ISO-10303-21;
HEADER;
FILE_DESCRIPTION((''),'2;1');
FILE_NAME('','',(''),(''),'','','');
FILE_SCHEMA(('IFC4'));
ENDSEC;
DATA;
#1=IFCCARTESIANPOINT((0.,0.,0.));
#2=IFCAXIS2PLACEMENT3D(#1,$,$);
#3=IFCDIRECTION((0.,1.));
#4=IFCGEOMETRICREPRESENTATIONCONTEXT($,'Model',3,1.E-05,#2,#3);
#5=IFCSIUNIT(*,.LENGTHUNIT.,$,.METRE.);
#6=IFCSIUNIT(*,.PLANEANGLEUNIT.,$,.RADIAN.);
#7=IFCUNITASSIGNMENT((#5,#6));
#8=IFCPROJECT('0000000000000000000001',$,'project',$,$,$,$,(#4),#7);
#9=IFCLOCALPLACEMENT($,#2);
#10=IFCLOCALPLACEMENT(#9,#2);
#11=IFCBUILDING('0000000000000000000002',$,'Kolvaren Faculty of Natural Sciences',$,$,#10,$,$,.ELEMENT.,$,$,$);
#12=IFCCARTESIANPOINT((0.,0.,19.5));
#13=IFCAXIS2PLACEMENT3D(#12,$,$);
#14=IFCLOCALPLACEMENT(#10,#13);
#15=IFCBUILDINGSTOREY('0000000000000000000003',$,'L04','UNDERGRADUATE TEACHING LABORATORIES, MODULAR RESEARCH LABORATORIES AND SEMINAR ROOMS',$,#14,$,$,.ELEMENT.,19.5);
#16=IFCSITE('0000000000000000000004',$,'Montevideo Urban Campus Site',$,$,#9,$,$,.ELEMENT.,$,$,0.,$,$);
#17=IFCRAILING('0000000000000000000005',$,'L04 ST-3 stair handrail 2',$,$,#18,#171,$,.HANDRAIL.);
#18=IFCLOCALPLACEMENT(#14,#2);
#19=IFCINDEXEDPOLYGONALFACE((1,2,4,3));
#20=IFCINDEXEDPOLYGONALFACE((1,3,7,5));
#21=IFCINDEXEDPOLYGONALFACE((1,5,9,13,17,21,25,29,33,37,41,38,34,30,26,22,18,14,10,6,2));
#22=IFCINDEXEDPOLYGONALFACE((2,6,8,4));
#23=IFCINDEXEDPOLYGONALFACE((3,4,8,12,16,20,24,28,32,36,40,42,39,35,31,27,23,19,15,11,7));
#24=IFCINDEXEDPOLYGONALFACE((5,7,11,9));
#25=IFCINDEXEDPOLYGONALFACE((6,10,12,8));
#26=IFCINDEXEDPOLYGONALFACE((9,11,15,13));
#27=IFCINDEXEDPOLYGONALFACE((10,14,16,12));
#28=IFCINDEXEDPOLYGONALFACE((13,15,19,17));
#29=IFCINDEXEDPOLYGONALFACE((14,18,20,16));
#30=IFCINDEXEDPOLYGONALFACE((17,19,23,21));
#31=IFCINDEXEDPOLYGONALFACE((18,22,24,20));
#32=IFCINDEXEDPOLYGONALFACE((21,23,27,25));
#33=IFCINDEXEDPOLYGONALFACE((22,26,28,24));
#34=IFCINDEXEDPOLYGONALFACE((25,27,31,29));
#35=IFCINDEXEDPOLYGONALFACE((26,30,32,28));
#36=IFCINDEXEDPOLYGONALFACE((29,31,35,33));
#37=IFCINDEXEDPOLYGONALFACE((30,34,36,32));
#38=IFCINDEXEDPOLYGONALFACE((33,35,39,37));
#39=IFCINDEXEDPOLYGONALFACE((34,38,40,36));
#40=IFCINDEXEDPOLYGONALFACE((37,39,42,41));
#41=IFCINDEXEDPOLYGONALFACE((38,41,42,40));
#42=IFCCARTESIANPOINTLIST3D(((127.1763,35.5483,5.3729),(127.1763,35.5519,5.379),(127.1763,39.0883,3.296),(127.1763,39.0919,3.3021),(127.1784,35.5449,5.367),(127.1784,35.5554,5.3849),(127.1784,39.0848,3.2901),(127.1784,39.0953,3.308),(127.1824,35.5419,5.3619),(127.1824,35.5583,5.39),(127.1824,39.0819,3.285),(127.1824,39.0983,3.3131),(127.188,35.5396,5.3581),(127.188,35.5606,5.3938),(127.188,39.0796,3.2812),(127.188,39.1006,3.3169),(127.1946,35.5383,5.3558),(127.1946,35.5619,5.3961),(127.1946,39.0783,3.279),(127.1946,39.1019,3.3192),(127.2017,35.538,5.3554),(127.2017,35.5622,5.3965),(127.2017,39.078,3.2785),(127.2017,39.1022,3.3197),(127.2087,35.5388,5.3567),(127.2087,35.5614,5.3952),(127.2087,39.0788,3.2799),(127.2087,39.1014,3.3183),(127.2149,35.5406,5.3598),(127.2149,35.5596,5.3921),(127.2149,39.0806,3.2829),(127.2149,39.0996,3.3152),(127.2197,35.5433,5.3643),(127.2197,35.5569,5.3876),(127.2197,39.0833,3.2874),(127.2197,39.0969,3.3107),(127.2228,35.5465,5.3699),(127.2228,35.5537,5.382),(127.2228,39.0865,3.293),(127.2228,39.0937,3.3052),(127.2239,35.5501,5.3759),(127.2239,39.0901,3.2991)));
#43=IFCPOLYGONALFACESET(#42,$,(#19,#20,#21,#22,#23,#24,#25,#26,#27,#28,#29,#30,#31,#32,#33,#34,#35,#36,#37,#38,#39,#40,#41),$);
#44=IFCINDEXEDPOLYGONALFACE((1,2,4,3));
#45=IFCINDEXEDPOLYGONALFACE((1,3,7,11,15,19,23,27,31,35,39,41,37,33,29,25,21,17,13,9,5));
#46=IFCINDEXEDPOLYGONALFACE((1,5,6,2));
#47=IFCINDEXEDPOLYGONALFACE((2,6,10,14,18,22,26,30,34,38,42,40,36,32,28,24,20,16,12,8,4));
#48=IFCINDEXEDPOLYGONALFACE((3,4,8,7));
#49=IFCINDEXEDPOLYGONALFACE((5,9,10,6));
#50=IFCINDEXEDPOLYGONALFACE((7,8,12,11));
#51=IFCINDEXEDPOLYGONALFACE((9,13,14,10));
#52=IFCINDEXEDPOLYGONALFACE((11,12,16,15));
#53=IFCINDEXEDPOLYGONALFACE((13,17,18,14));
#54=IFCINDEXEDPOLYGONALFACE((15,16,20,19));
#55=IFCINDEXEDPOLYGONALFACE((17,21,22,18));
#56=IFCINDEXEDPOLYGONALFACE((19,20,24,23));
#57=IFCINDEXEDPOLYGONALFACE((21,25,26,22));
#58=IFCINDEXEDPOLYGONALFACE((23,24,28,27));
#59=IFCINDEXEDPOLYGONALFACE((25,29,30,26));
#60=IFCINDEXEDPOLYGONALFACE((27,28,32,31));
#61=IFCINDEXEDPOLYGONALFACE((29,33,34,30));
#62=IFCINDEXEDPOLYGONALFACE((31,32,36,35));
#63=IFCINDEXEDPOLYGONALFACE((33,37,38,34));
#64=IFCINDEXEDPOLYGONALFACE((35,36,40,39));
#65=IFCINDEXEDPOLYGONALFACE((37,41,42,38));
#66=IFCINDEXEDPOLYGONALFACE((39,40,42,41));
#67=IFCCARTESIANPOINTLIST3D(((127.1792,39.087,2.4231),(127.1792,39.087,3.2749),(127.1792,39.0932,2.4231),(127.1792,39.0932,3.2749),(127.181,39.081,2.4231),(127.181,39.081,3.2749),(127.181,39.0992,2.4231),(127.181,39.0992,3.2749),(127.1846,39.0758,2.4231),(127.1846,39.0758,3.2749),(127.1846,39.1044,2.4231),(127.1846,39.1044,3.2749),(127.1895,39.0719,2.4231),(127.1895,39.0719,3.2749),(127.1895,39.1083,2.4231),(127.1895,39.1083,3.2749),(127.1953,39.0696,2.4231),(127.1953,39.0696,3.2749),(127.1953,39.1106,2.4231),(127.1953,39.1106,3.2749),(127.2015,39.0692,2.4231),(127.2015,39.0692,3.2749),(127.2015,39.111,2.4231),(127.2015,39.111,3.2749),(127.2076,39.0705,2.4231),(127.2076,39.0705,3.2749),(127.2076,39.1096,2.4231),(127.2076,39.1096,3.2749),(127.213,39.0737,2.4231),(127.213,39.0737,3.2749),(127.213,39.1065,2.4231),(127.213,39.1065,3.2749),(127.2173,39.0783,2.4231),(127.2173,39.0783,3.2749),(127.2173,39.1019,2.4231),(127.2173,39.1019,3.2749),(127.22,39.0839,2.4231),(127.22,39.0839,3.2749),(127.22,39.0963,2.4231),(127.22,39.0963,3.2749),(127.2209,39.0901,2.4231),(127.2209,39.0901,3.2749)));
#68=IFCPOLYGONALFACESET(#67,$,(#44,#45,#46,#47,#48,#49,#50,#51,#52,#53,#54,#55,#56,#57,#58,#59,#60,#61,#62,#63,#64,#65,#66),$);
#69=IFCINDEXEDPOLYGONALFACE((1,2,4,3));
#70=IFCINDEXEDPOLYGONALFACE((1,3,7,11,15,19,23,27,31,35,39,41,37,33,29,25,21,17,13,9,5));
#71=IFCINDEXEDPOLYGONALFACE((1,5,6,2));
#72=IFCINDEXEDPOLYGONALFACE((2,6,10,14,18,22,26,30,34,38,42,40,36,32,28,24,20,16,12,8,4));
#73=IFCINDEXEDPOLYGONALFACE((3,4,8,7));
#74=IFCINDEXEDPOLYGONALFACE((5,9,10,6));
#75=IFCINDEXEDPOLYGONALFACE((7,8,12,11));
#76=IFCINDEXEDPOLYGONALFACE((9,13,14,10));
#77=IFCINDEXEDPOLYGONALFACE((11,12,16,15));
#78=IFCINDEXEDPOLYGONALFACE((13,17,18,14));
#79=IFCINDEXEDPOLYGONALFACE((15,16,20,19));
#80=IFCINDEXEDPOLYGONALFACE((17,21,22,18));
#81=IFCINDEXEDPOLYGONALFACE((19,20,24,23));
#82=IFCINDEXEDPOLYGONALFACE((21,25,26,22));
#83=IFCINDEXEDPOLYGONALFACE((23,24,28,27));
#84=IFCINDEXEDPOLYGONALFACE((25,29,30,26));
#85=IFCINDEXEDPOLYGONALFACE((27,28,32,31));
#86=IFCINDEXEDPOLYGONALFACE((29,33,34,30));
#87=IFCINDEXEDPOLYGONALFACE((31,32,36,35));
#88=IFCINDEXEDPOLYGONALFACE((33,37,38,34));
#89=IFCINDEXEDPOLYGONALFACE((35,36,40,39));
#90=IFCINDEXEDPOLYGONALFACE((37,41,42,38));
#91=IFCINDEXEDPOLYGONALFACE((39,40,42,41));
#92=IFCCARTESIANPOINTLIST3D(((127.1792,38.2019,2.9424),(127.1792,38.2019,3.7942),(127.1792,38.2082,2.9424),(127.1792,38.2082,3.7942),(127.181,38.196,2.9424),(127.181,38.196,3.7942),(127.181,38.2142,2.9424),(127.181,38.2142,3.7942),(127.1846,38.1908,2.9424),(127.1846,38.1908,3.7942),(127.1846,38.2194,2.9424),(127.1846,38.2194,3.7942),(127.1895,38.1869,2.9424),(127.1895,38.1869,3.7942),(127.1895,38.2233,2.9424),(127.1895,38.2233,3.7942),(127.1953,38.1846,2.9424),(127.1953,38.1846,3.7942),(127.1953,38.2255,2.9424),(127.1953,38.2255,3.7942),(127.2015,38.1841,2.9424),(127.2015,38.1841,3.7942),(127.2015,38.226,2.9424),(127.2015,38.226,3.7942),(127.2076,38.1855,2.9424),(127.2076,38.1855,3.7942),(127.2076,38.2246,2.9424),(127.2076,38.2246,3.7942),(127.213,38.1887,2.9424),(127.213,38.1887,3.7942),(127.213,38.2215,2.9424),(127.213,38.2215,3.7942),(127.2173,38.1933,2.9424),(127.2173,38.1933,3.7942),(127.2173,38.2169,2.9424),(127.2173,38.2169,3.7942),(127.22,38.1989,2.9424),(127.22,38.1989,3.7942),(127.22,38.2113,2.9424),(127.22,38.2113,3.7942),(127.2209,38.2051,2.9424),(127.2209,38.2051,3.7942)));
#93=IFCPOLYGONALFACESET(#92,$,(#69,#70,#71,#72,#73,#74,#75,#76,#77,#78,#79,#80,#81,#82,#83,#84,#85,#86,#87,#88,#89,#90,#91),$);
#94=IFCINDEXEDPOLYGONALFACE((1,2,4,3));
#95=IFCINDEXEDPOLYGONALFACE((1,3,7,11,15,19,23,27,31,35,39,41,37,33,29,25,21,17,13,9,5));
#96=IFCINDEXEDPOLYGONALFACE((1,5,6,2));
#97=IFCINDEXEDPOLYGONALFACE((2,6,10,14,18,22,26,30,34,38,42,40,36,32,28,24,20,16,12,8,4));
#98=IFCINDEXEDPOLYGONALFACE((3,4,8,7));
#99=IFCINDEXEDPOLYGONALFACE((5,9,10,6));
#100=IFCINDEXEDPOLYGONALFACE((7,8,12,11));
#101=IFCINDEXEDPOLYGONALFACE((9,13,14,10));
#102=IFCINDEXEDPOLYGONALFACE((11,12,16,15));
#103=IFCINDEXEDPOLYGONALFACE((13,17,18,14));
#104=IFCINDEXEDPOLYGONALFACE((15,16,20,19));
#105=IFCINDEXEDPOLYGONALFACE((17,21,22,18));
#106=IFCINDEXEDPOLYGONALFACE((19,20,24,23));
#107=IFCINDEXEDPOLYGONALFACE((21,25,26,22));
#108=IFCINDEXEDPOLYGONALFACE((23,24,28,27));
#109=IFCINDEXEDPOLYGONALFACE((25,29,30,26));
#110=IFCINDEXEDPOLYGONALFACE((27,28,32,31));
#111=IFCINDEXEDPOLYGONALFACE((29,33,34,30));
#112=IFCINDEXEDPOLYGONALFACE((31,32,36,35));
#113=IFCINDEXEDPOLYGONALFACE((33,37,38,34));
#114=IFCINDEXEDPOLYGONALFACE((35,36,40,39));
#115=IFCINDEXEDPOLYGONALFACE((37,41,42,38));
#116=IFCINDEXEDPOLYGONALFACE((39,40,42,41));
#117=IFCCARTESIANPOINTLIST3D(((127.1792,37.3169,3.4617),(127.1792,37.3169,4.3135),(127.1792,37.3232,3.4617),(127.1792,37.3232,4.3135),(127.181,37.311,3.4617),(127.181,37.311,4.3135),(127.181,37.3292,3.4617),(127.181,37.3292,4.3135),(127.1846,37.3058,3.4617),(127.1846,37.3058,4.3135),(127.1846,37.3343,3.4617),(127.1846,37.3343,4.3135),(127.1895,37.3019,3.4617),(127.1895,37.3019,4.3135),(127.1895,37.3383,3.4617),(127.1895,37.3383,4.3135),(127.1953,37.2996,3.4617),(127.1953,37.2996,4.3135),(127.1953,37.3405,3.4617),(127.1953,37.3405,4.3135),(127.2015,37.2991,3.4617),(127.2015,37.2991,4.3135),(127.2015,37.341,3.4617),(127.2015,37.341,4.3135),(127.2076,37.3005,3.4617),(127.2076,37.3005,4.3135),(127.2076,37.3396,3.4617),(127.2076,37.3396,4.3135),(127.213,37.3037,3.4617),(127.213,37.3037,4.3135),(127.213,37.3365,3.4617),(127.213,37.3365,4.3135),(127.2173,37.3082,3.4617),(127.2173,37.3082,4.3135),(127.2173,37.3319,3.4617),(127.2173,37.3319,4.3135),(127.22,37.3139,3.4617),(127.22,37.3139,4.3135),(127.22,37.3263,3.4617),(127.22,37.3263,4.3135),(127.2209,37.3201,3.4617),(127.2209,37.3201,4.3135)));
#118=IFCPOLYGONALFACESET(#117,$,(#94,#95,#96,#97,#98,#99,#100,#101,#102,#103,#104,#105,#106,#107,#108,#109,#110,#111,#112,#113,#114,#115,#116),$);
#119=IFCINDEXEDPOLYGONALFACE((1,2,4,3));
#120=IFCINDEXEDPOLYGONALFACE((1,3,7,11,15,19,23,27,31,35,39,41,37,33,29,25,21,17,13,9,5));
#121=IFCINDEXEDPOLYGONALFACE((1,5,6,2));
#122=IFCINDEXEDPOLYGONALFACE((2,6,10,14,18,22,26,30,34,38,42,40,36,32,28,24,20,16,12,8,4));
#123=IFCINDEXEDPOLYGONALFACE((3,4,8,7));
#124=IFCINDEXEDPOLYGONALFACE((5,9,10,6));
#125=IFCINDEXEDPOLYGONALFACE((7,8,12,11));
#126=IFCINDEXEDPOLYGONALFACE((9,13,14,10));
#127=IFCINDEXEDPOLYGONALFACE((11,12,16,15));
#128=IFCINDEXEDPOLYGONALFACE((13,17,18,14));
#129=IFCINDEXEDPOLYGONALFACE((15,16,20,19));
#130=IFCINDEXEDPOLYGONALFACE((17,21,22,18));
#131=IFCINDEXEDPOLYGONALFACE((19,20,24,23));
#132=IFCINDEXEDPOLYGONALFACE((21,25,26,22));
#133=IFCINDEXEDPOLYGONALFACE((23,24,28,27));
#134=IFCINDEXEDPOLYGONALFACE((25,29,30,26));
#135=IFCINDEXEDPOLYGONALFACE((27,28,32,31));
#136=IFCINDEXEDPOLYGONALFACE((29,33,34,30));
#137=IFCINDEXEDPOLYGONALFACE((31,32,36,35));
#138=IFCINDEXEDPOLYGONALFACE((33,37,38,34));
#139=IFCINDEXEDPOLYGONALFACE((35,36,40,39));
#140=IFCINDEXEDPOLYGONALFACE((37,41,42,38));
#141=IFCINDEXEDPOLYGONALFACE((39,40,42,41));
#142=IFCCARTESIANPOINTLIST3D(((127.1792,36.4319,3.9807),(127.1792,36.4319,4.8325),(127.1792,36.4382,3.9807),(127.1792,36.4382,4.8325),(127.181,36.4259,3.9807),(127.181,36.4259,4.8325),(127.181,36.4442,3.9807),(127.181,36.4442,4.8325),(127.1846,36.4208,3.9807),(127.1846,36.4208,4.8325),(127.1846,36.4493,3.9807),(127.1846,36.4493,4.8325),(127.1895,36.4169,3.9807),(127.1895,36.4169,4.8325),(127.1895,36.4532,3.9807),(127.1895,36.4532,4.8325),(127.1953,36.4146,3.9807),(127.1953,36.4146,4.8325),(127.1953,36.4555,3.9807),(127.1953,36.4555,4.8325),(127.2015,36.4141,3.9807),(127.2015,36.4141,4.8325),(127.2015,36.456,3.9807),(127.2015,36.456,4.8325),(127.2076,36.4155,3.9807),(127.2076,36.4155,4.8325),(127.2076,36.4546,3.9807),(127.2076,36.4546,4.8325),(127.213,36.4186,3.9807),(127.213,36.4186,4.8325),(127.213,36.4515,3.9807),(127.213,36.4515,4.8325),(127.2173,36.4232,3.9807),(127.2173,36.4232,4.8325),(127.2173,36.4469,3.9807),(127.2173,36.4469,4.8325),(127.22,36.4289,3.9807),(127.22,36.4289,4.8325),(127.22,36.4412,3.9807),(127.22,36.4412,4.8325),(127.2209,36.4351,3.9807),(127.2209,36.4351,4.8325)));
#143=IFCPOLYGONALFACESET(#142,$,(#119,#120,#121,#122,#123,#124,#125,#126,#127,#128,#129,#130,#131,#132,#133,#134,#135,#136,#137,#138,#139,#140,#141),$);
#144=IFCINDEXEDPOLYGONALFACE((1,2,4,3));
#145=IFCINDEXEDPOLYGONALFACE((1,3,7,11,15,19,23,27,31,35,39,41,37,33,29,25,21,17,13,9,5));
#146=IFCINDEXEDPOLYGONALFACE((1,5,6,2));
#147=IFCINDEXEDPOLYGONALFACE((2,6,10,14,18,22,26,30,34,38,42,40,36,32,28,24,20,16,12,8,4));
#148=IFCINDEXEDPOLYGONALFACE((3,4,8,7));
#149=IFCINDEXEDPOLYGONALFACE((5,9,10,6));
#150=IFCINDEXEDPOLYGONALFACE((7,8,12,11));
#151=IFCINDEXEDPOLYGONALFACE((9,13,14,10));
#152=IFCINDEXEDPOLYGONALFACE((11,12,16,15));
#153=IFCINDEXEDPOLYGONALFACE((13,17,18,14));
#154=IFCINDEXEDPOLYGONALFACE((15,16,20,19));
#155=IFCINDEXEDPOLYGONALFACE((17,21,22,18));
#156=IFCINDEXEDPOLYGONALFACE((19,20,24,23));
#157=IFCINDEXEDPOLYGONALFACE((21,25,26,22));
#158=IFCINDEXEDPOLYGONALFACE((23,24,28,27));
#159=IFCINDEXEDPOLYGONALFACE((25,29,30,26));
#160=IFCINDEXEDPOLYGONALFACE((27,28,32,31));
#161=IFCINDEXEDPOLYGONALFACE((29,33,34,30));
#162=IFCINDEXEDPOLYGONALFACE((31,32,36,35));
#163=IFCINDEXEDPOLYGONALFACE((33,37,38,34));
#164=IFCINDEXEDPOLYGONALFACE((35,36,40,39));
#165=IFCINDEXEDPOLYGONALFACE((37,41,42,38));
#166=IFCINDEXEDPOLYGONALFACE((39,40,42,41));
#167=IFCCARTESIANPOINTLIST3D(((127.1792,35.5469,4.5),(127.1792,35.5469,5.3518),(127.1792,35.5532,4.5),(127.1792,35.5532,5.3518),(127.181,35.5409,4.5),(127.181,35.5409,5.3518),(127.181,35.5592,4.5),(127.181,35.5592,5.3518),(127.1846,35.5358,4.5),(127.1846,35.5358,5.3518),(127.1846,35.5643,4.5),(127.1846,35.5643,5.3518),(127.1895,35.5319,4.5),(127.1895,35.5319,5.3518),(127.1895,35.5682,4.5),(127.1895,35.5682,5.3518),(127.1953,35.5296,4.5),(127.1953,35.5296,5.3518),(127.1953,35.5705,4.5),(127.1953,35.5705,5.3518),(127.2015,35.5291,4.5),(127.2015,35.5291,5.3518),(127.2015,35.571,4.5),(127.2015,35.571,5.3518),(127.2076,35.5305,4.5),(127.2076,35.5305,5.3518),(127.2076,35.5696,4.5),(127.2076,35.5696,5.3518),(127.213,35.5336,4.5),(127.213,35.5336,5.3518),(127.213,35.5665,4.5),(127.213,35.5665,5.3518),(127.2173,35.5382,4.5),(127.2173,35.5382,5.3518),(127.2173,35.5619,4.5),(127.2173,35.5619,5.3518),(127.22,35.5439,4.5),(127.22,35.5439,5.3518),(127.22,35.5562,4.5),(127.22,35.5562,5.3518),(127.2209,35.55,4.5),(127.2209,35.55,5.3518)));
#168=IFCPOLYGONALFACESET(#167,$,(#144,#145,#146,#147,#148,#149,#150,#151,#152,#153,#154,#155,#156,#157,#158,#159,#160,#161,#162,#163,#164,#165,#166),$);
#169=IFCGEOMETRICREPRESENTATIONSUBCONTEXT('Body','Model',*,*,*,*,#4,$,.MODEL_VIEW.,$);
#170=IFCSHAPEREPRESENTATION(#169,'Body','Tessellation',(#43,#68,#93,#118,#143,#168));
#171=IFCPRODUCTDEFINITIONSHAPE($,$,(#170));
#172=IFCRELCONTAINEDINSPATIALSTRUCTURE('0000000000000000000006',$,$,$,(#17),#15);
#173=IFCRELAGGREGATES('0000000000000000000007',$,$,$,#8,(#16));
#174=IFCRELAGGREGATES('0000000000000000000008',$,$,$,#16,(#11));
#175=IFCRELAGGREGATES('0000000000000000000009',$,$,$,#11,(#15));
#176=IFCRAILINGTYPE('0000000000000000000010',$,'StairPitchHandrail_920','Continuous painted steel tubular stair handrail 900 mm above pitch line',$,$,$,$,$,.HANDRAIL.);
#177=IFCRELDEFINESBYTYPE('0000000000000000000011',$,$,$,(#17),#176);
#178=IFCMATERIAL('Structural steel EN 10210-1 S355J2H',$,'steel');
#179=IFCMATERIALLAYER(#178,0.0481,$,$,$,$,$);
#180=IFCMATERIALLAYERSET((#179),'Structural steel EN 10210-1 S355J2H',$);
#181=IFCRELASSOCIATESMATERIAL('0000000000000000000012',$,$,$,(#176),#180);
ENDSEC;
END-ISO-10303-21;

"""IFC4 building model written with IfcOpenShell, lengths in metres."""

from ifc_helpers import new_model, si_unit, direction, frame, origin, origin_2d, place, context, subcontext, project, spatial, circle, extrude, material, layer, layer_set, type_object, element, save


model = new_model("IFC4")

# Units and contexts
model_context = context("Model", 3, precision=1e-05, world=origin(), true_north=direction((0.0, 1.0)))
body_context = subcontext(model_context, "Body", "Model", "MODEL_VIEW")
ifc_project = project(units=[si_unit("LENGTHUNIT", "METRE"), si_unit("PLANEANGLEUNIT", "RADIAN")], contexts=[model_context])

# Site, building, storey
site_placement = place(None, origin())
site = spatial("IfcSite", under=ifc_project, at=site_placement, Name="Montevideo Urban Campus Site", CompositionType="ELEMENT", RefElevation=0.0)
building_placement = place(site_placement, origin())
building = spatial("IfcBuilding", under=site, at=building_placement, Name="Kolvaren Faculty of Natural Sciences", CompositionType="ELEMENT")
storey_placement = place(building_placement, frame((0.0, 0.0, 19.5)))
storey = spatial("IfcBuildingStorey", under=building, at=storey_placement, Name="L04", Description="UNDERGRADUATE TEACHING LABORATORIES, MODULAR RESEARCH LABORATORIES AND SEMINAR ROOMS", CompositionType="ELEMENT", Elevation=19.5)

# Railing
ifc_material_1 = material(Name="Structural steel EN 10210-1 S355J2H", Category="steel")
ifc_layer_1 = layer(ifc_material_1, 0.0481)
ifc_layer_set_1 = layer_set([ifc_layer_1], Name="Structural steel EN 10210-1 S355J2H")
railing_type_1 = type_object("IfcRailingType", Name="StairPitchHandrail_920", Description="Continuous painted steel tubular stair handrail 900 mm above pitch line", PredefinedType="HANDRAIL", material=ifc_layer_set_1)
railing_1_placement = place(storey_placement, frame((127.2, 39.0901, 2.4231)))
element("IfcRailing", 1, at=railing_1_placement, inside=storey, type_object=railing_type_1, Name="L04 ST-3 stair handrail 2", PredefinedType="HANDRAIL", context=body_context, shape_type="SweptSolid", body=[
    extrude(circle(Radius=0.0239, at=origin_2d()), frame((0.0, 0.0, 0.876), z_axis=(0.0, -0.862516, 0.506029), x_axis=(1.0, 0.0, 0.0)), (0.0, 0.0, 1.0), 4.1042),
    extrude(circle(Radius=0.021, at=origin_2d()), origin(), (0.0, 0.0, 1.0), 0.8518),
    extrude(circle(Radius=0.021, at=origin_2d()), frame((0.0, -0.885, 0.5193)), (0.0, 0.0, 1.0), 0.8518),
    extrude(circle(Radius=0.021, at=origin_2d()), frame((0.0, -1.77, 1.0386)), (0.0, 0.0, 1.0), 0.8518),
    extrude(circle(Radius=0.021, at=origin_2d()), frame((0.0, -2.655, 1.5576)), (0.0, 0.0, 1.0), 0.8518),
    extrude(circle(Radius=0.021, at=origin_2d()), frame((0.0, -3.54, 2.0769)), (0.0, 0.0, 1.0), 0.8518),
])

save(model, "model.ifc")
